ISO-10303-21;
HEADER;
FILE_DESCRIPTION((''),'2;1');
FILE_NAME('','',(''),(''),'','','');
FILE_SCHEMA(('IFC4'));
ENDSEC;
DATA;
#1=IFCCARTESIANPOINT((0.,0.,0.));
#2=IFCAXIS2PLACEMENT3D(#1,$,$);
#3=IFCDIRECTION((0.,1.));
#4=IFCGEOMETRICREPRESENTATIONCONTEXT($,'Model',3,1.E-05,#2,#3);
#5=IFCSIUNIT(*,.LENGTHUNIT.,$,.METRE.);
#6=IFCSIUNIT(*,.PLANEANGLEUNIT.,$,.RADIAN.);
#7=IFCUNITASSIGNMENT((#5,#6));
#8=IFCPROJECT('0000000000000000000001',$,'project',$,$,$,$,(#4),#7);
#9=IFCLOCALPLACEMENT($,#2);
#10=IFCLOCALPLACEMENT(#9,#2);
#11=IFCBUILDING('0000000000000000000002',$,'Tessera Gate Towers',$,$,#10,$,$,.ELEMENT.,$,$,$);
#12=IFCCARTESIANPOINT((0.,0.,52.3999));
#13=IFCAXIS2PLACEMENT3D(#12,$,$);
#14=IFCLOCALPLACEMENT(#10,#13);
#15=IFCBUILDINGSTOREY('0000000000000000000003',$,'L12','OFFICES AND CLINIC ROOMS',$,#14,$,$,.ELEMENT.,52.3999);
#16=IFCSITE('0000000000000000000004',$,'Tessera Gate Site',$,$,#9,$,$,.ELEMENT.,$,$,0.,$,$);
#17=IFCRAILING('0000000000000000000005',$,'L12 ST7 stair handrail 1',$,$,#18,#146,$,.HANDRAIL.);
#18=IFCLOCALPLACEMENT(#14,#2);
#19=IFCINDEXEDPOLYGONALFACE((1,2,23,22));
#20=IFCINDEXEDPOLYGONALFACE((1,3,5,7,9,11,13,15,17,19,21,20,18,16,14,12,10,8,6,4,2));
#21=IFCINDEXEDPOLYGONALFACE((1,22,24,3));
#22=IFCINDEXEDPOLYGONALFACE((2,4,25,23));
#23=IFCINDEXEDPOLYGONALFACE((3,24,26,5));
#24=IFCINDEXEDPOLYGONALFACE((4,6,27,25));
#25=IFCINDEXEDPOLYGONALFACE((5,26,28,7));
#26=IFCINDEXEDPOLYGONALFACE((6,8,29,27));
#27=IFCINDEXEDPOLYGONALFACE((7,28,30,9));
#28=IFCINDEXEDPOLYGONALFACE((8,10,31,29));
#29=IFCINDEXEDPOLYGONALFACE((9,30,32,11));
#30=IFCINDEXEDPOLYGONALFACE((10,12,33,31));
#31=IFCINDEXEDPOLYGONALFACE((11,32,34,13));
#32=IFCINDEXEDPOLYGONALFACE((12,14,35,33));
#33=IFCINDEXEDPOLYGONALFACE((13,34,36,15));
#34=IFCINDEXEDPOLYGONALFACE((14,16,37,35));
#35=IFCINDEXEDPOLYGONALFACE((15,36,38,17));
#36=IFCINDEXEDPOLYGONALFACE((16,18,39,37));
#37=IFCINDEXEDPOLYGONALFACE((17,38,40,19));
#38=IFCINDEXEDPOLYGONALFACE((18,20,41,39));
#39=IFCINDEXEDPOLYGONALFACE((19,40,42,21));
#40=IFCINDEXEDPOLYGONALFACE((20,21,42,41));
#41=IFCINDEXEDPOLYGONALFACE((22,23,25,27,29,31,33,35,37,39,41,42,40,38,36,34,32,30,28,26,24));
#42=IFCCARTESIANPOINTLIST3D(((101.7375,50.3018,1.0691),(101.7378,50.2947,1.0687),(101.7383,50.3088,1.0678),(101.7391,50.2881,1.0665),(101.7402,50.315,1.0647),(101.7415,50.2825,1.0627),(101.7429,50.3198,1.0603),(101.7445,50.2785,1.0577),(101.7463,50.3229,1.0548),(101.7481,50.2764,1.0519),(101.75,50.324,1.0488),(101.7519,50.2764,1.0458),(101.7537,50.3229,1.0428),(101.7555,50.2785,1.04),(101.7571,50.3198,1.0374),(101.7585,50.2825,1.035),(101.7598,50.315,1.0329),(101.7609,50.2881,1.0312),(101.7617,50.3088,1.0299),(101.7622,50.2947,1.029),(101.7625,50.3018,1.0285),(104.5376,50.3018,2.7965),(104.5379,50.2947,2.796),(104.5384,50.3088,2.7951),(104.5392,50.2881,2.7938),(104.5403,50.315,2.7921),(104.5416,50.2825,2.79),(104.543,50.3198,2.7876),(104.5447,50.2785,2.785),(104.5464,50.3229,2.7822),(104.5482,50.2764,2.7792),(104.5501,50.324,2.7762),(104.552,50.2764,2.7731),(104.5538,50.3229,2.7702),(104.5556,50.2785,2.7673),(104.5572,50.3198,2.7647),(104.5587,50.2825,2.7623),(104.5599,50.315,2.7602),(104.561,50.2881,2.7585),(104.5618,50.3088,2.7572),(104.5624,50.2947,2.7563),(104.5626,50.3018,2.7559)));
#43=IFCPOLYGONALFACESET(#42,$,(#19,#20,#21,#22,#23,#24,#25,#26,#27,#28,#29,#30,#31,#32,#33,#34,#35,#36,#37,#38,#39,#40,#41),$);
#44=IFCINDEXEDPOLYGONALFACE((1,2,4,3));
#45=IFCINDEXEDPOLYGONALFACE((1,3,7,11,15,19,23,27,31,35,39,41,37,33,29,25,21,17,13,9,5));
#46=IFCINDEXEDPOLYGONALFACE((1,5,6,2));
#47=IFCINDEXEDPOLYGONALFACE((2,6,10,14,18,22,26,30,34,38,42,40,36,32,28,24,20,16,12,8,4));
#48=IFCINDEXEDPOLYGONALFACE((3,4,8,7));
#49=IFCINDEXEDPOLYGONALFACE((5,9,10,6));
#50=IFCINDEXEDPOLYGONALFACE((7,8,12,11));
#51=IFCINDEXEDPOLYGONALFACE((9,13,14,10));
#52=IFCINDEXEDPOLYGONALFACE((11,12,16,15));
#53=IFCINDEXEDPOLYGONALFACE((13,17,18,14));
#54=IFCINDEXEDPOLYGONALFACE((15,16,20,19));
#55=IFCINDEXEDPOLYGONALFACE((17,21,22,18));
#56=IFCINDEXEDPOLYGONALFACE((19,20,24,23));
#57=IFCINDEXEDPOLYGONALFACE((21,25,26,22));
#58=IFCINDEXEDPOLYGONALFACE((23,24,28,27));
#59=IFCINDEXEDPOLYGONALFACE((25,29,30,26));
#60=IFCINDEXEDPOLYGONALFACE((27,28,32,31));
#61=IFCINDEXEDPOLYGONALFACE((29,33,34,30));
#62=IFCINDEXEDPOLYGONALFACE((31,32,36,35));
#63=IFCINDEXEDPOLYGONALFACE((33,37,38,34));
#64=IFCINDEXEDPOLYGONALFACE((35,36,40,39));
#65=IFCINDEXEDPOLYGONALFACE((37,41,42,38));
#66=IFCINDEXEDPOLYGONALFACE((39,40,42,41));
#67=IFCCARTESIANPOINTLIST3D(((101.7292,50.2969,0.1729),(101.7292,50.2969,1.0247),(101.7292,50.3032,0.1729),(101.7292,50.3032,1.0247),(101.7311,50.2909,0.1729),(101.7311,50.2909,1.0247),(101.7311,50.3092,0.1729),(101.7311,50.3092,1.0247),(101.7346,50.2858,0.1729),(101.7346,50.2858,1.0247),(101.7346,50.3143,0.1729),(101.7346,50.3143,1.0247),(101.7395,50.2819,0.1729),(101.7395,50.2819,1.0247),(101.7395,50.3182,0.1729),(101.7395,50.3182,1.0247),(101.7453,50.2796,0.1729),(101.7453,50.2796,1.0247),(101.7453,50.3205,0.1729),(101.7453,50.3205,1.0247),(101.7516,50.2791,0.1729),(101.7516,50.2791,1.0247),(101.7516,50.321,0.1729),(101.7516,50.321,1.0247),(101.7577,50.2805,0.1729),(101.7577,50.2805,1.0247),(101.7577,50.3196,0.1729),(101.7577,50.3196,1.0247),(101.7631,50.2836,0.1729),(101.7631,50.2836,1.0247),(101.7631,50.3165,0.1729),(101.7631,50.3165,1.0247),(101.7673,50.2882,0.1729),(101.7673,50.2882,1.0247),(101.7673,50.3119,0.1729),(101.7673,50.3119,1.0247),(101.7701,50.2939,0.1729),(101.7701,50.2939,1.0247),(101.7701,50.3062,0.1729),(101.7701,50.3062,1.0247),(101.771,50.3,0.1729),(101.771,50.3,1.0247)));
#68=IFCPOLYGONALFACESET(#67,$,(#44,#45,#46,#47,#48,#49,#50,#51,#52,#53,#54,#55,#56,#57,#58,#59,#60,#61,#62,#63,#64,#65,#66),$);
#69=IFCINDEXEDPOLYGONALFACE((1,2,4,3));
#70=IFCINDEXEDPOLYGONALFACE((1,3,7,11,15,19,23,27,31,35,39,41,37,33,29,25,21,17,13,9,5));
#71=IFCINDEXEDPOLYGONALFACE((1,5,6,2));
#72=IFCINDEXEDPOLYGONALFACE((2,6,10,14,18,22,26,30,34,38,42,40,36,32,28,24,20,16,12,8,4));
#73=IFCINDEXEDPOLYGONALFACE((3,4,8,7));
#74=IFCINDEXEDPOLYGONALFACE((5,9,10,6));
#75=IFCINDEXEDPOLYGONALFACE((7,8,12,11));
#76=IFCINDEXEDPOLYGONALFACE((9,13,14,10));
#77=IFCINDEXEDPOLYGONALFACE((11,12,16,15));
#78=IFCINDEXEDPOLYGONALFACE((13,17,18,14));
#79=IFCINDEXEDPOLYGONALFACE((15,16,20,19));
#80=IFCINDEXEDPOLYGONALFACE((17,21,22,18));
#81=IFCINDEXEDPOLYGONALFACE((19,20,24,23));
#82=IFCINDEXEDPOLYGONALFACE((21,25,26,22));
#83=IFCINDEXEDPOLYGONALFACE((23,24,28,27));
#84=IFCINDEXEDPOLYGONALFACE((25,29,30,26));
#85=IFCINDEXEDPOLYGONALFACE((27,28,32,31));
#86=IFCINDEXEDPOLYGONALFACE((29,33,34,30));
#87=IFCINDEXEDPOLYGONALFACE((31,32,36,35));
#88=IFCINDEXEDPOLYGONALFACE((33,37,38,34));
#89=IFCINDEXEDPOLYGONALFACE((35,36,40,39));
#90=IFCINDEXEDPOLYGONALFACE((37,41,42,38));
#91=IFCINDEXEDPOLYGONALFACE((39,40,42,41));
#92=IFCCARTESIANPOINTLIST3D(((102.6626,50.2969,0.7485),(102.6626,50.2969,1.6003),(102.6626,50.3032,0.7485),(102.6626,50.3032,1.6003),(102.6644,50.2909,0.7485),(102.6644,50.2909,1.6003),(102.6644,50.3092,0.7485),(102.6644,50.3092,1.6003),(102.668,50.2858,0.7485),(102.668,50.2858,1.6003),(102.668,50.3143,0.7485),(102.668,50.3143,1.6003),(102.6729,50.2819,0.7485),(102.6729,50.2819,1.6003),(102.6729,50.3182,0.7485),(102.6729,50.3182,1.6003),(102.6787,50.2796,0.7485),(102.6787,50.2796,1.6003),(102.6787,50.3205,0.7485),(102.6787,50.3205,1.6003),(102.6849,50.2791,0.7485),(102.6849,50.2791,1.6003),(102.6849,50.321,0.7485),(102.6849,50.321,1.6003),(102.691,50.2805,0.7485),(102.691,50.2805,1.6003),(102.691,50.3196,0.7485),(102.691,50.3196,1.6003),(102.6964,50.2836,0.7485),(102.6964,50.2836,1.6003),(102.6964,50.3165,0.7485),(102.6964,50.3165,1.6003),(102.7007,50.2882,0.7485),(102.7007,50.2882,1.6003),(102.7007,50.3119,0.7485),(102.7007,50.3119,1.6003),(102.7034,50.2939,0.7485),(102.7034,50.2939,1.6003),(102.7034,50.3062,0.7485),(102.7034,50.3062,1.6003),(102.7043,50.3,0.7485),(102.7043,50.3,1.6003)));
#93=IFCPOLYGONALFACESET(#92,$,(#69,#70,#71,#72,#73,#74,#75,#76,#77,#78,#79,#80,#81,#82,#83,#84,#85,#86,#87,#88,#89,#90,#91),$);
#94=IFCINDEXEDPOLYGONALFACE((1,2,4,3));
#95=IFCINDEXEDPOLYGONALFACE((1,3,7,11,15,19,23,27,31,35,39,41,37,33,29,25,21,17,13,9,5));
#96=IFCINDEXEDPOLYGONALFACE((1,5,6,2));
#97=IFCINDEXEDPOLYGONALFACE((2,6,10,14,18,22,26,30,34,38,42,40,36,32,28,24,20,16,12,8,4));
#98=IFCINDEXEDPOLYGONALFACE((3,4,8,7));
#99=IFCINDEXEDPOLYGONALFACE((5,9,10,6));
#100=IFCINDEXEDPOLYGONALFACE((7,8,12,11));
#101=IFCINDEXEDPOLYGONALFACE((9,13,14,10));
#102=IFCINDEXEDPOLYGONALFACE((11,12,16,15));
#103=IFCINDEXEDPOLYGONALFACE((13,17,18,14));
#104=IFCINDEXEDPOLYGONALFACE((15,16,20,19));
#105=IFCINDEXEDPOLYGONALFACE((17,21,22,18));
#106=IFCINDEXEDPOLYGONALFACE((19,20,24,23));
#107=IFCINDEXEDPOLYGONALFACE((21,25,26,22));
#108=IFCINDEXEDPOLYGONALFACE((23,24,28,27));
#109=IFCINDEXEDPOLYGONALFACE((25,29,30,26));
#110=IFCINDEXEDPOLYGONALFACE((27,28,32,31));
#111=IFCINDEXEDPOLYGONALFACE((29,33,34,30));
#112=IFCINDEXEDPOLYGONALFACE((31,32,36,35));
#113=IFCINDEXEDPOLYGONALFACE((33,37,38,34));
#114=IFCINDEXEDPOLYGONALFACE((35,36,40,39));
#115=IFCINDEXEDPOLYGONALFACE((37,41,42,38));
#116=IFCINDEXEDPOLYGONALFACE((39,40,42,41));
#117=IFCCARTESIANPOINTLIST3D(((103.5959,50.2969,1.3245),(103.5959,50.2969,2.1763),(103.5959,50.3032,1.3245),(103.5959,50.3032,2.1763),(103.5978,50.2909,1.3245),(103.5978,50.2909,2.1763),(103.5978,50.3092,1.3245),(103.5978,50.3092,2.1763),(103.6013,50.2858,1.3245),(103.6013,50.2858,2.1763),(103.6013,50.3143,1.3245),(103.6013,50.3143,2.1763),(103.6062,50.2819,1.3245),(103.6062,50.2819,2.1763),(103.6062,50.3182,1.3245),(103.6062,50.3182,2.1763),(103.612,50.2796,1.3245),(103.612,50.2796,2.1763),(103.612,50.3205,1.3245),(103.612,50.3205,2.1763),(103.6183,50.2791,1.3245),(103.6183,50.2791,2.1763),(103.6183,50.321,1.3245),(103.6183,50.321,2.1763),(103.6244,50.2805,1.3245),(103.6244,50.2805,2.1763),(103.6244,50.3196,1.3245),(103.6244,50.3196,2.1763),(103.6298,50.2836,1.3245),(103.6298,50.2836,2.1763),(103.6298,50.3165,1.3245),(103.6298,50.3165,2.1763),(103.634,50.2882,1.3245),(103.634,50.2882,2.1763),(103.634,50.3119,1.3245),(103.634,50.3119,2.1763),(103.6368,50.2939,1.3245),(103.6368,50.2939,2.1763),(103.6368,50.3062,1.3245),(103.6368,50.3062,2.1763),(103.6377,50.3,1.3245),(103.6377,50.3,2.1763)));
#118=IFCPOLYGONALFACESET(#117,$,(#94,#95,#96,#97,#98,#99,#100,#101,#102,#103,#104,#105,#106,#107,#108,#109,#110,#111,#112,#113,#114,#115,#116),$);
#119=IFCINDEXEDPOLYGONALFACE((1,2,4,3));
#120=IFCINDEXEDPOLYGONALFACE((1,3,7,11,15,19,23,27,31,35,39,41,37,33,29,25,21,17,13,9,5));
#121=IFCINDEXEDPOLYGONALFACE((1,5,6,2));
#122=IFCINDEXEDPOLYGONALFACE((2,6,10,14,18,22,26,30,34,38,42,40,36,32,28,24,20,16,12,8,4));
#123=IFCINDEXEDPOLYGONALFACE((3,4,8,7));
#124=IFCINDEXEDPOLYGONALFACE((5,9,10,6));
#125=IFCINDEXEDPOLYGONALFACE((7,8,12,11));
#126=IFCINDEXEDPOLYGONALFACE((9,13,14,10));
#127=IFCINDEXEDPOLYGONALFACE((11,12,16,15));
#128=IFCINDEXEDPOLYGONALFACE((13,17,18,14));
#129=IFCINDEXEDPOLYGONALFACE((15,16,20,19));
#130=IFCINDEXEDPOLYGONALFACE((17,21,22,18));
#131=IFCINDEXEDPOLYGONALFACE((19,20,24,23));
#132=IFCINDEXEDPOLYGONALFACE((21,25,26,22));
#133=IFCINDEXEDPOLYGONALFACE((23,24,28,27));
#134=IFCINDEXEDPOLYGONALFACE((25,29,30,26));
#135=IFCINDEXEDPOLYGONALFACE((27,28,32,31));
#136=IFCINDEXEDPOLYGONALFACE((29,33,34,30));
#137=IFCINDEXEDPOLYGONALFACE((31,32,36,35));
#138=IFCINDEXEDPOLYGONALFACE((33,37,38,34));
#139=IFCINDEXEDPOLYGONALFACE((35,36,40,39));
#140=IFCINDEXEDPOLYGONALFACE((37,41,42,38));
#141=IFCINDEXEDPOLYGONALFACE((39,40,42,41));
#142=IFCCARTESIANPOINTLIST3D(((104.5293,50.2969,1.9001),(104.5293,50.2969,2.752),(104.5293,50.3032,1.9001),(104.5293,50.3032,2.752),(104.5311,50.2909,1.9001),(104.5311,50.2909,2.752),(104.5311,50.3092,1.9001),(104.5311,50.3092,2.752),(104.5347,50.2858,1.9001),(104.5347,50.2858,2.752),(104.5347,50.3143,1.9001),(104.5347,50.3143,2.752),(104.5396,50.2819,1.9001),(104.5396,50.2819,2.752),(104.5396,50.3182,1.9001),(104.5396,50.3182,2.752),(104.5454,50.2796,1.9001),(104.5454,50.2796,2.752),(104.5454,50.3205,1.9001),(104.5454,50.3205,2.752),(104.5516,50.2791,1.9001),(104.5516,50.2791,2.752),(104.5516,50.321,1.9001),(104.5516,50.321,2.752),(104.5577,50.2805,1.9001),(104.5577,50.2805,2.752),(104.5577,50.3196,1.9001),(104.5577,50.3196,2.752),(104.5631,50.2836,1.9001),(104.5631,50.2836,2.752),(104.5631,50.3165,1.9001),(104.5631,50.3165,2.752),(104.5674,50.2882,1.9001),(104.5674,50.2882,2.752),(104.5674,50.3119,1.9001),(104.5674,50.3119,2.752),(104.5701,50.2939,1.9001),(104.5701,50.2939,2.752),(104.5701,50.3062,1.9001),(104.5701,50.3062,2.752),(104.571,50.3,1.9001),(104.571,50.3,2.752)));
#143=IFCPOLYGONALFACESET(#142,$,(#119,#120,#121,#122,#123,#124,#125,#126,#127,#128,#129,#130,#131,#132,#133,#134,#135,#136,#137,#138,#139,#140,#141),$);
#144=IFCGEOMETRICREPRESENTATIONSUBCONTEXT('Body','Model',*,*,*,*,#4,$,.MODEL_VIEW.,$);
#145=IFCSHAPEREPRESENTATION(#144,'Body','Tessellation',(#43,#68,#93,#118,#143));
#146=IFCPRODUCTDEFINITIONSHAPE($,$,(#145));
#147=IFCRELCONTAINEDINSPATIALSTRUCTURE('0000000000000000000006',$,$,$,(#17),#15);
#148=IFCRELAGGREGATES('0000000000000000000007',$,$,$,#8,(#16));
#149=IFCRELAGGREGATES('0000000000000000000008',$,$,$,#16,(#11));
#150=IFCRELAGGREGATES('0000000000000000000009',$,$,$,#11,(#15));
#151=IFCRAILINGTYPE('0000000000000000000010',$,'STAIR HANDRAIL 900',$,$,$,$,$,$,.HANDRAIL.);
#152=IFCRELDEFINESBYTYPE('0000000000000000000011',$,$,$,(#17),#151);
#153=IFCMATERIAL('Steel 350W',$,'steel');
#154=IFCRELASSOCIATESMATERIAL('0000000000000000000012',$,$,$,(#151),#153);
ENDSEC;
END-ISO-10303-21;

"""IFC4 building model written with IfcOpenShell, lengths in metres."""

from ifc_helpers import new_model, si_unit, direction, frame, origin, origin_2d, place, context, subcontext, project, spatial, circle, extrude, material, type_object, element, save


model = new_model("IFC4")

# Units and contexts
model_context = context("Model", 3, precision=1e-05, world=origin(), true_north=direction((0.0, 1.0)))
body_context = subcontext(model_context, "Body", "Model", "MODEL_VIEW")
ifc_project = project(units=[si_unit("LENGTHUNIT", "METRE"), si_unit("PLANEANGLEUNIT", "RADIAN")], contexts=[model_context])

# Site, building, storey
site_placement = place(None, origin())
site = spatial("IfcSite", under=ifc_project, at=site_placement, Name="Tessera Gate Site", CompositionType="ELEMENT", RefElevation=0.0)
building_placement = place(site_placement, origin())
building = spatial("IfcBuilding", under=site, at=building_placement, Name="Tessera Gate Towers", CompositionType="ELEMENT")
storey_placement = place(building_placement, frame((0.0, 0.0, 52.3999)))
storey = spatial("IfcBuildingStorey", under=building, at=storey_placement, Name="L12", Description="OFFICES AND CLINIC ROOMS", CompositionType="ELEMENT", Elevation=52.3999)

# Railing
ifc_material_1 = material(Name="Steel 350W", Category="steel")
railing_type_1 = type_object("IfcRailingType", Name="STAIR HANDRAIL 900", PredefinedType="HANDRAIL", material=ifc_material_1)
railing_1_placement = place(storey_placement, frame((101.75, 50.3, 0.1729)))
element("IfcRailing", 1, at=railing_1_placement, inside=storey, type_object=railing_type_1, Name="L12 ST7 stair handrail 1", PredefinedType="HANDRAIL", context=body_context, shape_type="SweptSolid", body=[
    extrude(circle(Radius=0.0239, at=origin_2d()), frame((0.0, 0.0, 0.876), z_axis=(0.85109, 0.0, 0.52502), x_axis=(0.0, 1.0, 0.0)), (0.0, 0.0, 1.0), 3.29),
    extrude(circle(Radius=0.021, at=origin_2d()), origin(), (0.0, 0.0, 1.0), 0.8518),
    extrude(circle(Radius=0.021, at=origin_2d()), frame((0.9333, 0.0, 0.5757)), (0.0, 0.0, 1.0), 0.8518),
    extrude(circle(Radius=0.021, at=origin_2d()), frame((1.8667, 0.0, 1.1516)), (0.0, 0.0, 1.0), 0.8518),
    extrude(circle(Radius=0.021, at=origin_2d()), frame((2.8, 0.0, 1.7273)), (0.0, 0.0, 1.0), 0.8518),
])

save(model, "model.ifc")
